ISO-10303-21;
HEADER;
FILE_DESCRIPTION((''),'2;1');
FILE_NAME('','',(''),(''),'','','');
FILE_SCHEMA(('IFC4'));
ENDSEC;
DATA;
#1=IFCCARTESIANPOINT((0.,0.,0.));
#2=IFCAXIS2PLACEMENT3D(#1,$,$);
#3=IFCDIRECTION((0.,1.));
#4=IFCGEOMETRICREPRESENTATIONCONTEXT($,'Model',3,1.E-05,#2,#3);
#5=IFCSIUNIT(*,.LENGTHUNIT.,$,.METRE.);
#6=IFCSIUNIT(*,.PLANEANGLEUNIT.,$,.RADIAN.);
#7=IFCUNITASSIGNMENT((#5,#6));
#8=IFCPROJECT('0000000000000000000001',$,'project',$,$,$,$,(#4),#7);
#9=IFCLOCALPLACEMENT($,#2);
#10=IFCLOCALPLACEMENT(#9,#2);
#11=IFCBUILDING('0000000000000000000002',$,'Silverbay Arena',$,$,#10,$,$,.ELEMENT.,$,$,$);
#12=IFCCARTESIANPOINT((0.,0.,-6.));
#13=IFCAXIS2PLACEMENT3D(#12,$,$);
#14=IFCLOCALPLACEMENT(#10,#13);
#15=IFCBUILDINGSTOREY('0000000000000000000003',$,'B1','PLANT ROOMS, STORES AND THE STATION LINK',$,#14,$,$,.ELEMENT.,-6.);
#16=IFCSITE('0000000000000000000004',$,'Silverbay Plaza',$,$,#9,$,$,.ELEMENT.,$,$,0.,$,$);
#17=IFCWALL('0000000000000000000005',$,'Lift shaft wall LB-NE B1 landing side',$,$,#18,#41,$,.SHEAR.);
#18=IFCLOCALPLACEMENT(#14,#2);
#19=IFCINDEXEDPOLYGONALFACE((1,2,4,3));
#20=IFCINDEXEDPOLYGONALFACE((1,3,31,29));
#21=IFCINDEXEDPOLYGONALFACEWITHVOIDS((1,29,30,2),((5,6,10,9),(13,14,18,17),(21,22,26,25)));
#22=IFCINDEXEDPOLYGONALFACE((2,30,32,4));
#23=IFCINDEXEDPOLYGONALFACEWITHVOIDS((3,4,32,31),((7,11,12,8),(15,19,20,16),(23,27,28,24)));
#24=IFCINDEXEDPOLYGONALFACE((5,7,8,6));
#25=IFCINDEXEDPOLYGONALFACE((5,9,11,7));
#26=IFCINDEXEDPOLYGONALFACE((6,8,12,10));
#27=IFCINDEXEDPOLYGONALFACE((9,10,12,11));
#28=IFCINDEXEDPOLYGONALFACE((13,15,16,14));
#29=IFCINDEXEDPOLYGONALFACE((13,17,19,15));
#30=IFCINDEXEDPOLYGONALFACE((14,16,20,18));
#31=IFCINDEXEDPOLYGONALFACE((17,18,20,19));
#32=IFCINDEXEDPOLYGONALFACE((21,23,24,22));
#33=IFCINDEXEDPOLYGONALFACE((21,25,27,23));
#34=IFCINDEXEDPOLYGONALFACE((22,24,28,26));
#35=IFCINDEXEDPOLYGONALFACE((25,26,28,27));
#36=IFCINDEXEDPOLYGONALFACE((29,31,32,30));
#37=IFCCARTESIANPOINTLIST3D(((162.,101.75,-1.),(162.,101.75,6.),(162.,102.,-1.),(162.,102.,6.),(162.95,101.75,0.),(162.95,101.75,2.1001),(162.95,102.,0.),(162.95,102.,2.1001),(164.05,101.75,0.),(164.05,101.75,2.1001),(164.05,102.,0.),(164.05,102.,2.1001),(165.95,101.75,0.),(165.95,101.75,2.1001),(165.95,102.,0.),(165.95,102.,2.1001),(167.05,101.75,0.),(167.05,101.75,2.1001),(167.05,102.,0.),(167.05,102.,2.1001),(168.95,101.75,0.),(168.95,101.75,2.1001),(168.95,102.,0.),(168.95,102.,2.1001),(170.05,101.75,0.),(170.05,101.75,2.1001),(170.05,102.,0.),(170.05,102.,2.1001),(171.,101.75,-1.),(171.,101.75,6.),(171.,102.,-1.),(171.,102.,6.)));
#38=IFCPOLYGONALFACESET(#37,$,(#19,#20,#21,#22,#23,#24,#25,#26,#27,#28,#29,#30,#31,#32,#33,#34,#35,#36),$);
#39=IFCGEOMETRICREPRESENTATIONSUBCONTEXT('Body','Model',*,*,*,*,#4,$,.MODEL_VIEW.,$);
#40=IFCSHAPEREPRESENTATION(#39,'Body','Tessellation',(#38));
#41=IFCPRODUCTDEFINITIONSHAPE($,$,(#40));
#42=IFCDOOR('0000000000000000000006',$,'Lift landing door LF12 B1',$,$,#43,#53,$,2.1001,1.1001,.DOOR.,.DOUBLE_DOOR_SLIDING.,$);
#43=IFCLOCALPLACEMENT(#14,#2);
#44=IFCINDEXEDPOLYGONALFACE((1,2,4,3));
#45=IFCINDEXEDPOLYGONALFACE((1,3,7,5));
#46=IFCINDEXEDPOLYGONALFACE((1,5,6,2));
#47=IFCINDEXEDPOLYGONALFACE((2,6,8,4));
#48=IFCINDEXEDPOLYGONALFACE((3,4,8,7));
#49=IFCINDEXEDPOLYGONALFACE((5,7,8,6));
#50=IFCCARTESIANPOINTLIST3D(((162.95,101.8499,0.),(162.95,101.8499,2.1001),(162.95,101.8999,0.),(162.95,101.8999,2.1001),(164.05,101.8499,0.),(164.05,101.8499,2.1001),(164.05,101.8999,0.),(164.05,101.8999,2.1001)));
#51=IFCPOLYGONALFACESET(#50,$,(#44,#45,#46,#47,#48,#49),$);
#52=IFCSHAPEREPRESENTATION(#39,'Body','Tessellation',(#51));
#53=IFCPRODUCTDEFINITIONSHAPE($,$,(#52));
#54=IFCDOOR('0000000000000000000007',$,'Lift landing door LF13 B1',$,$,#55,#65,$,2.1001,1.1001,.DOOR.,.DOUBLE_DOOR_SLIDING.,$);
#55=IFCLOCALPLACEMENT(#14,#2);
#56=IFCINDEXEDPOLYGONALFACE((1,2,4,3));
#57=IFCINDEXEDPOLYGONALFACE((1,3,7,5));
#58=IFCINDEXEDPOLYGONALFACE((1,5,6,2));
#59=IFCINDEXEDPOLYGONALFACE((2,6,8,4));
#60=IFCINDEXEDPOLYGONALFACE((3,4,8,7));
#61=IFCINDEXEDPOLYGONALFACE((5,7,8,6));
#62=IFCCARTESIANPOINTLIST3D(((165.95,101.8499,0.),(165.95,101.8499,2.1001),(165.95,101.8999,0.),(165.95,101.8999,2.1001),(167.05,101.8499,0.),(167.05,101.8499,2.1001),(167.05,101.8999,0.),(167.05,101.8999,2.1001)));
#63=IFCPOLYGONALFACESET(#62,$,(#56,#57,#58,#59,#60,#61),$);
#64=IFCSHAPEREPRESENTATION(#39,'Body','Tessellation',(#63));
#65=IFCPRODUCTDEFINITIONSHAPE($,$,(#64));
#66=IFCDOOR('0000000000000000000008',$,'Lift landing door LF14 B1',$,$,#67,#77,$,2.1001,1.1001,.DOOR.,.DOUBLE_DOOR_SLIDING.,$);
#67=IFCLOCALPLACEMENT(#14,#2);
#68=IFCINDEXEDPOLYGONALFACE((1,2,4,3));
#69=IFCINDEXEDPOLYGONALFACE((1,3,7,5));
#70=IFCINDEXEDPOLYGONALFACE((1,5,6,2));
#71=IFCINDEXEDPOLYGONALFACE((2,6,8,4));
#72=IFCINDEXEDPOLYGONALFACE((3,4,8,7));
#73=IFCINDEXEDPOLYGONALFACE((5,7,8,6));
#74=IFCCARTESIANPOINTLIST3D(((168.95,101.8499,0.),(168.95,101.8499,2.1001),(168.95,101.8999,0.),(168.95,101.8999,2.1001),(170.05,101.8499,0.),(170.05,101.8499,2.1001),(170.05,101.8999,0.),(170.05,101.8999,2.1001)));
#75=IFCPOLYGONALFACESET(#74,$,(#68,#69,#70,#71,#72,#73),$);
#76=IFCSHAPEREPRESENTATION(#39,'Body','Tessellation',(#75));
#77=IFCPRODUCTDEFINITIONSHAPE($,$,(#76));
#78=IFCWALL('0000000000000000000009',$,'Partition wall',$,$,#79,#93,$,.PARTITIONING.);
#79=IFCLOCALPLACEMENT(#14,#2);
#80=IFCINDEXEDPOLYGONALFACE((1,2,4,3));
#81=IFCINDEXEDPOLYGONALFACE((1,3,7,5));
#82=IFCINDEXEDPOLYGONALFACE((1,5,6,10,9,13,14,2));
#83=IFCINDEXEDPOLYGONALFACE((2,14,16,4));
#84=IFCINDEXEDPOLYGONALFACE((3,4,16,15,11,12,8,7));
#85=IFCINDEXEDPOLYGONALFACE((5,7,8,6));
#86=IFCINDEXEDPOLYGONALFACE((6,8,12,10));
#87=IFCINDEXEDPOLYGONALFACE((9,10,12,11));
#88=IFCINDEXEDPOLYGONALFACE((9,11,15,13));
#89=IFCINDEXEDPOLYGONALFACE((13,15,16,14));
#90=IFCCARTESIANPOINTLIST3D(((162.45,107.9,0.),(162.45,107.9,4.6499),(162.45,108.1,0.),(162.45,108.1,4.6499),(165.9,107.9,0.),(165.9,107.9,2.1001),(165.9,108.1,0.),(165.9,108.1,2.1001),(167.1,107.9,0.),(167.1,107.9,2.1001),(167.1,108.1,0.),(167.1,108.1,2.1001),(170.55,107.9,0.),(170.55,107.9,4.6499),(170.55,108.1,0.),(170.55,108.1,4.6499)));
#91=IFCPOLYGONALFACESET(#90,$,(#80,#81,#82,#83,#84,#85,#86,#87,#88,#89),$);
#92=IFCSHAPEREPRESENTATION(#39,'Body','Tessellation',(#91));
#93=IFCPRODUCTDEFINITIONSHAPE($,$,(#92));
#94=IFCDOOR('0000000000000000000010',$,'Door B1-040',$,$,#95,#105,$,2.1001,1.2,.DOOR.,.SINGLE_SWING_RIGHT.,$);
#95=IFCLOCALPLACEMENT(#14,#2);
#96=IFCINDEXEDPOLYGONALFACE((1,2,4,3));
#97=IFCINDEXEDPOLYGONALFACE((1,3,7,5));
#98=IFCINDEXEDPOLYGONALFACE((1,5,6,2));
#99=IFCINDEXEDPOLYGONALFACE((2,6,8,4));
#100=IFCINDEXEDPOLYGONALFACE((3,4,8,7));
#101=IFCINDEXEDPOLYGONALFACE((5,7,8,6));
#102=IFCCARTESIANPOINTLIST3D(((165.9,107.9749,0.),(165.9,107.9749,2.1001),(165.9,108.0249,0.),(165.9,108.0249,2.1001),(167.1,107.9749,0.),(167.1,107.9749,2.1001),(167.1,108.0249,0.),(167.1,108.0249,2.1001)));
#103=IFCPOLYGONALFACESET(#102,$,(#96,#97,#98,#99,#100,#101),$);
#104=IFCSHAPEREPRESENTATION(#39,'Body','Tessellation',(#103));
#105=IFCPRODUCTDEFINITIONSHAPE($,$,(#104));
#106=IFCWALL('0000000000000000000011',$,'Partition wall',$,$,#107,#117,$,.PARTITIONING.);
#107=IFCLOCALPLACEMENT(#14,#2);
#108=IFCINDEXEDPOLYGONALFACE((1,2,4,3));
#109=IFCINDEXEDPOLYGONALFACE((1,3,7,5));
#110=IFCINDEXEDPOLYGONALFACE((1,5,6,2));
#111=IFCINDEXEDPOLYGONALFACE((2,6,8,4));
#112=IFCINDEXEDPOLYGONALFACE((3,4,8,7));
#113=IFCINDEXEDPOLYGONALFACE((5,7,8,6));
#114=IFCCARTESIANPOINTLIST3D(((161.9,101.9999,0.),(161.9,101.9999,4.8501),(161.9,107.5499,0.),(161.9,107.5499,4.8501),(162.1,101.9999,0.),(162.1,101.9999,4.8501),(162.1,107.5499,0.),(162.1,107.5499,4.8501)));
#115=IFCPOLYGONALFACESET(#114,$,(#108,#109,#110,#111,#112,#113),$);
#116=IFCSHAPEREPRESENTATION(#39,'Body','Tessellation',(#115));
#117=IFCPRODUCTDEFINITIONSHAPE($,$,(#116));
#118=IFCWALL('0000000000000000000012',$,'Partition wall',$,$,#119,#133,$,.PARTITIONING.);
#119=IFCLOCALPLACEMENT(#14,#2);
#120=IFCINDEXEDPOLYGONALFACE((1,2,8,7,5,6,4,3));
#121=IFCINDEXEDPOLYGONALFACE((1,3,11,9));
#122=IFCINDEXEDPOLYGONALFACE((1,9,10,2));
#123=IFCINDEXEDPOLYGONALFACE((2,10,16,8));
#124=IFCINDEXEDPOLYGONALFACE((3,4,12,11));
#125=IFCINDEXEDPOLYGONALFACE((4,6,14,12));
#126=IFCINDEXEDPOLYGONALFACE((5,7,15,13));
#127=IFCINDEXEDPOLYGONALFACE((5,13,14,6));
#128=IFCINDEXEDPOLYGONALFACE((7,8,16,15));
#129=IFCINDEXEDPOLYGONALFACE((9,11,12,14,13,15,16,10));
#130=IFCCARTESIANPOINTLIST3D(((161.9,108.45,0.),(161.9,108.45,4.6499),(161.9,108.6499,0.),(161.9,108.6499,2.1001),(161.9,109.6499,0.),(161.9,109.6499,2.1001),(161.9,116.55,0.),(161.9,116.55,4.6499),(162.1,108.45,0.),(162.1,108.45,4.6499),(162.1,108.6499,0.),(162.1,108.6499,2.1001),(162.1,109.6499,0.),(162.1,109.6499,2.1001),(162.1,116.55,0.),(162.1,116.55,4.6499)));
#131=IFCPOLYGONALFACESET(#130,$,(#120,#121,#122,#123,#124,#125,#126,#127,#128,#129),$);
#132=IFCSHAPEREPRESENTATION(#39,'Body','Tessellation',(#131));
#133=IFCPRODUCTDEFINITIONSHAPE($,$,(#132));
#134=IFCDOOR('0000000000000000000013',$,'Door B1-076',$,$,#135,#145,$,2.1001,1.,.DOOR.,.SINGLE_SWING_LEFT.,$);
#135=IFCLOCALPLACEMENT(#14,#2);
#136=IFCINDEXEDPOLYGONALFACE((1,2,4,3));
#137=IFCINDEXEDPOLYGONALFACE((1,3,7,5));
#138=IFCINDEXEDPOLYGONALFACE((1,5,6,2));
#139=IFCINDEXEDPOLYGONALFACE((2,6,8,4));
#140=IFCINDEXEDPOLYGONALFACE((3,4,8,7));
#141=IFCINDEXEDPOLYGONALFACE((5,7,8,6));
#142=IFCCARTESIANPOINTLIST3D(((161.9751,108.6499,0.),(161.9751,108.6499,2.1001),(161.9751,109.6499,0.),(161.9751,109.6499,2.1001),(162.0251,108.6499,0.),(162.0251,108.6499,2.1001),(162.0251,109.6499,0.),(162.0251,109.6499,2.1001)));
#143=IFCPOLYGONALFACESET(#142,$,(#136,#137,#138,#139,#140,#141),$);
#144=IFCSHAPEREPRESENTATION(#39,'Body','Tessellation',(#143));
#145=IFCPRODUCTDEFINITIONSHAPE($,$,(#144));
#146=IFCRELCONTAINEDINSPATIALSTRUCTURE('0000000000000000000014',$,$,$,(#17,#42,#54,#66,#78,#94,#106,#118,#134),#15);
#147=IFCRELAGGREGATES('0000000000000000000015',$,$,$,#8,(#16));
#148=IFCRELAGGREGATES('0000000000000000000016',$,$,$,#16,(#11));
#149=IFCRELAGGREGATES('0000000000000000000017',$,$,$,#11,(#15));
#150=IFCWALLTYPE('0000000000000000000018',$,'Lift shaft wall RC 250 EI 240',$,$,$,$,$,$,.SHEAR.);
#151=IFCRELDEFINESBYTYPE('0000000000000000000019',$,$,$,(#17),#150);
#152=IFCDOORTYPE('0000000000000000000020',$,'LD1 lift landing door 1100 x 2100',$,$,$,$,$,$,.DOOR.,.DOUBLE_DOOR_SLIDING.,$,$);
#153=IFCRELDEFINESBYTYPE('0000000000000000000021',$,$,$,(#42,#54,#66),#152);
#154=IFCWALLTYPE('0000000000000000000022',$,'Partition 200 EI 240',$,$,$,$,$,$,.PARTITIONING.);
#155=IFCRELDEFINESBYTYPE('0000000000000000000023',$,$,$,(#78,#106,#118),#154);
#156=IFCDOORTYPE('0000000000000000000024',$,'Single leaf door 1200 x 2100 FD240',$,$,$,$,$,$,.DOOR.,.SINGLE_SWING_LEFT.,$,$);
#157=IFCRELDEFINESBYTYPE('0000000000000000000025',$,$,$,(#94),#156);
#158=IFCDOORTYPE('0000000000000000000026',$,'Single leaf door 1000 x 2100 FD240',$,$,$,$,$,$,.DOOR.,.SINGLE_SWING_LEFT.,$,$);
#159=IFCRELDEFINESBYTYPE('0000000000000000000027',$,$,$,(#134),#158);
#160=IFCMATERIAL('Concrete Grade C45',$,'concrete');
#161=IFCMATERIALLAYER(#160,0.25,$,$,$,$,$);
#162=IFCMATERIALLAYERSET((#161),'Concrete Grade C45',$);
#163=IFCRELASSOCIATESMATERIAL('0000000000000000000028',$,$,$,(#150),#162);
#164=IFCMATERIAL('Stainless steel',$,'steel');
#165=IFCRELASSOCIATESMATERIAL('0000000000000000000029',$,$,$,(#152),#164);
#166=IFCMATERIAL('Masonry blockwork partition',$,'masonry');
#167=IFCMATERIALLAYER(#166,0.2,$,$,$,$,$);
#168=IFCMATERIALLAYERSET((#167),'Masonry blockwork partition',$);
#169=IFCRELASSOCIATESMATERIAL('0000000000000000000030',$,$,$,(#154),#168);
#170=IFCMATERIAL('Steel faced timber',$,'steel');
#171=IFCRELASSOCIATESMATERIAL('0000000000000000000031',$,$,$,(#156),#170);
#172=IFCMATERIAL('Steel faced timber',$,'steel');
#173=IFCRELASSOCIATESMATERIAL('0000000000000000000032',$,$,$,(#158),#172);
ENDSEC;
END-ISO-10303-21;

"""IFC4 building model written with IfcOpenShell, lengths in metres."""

from ifc_helpers import new_model, si_unit, direction, frame, frame_2d, origin, place, context, subcontext, project, spatial, rectangle, extrude, material, layer, layer_set, type_object, element, fill, save


model = new_model("IFC4")

# Units and contexts
model_context = context("Model", 3, precision=1e-05, world=origin(), true_north=direction((0.0, 1.0)))
body_context = subcontext(model_context, "Body", "Model", "MODEL_VIEW")
ifc_project = project(units=[si_unit("LENGTHUNIT", "METRE"), si_unit("PLANEANGLEUNIT", "RADIAN")], contexts=[model_context])

# Site, building, storey
site_placement = place(None, origin())
site = spatial("IfcSite", under=ifc_project, at=site_placement, Name="Silverbay Plaza", CompositionType="ELEMENT", RefElevation=0.0)
building_placement = place(site_placement, origin())
building = spatial("IfcBuilding", under=site, at=building_placement, Name="Silverbay Arena", CompositionType="ELEMENT")
storey_placement = place(building_placement, frame((0.0, 0.0, -6.0)))
storey = spatial("IfcBuildingStorey", under=building, at=storey_placement, Name="B1", Description="PLANT ROOMS, STORES AND THE STATION LINK", CompositionType="ELEMENT", Elevation=-6.0)

# Wall, openings, doors
ifc_material_1 = material(Name="Concrete Grade C45", Category="concrete")
ifc_layer_1 = layer(ifc_material_1, 0.25)
ifc_layer_set_1 = layer_set([ifc_layer_1], Name="Concrete Grade C45")
wall_type_1 = type_object("IfcWallType", Name="Lift shaft wall RC 250 EI 240", PredefinedType="SHEAR", material=ifc_layer_set_1)
wall_1_placement = place(storey_placement, frame((162.0, 101.875, -1.0), z_axis=(0.0, 0.0, 1.0), x_axis=(1.0, 0.0, 0.0)))
wall_1 = element("IfcWall", 1, at=wall_1_placement, inside=storey, type_object=wall_type_1, Name="Lift shaft wall LB-NE B1 landing side", PredefinedType="SHEAR", context=body_context, shape_type="SweptSolid", body=[
    extrude(rectangle(XDim=9.0, YDim=0.25, at=frame_2d((4.5, 0.0))), origin(), (0.0, 0.0, 1.0), 7.0),
])
opening_1_placement = place(wall_1_placement, frame((0.95, 0.0, 1.0)))
opening_1 = element("IfcOpeningElement", 2, at=opening_1_placement, cuts=wall_1, PredefinedType="OPENING", context=body_context, shape_type="SweptSolid", body=[
    extrude(rectangle(XDim=1.1001, YDim=2.1001, at=frame_2d((0.55, 1.05))), frame((0.0, 0.135, 0.0), z_axis=(0.0, -1.0, 0.0), x_axis=(1.0, 0.0, 0.0)), (0.0, 0.0, 1.0), 0.27),
])
opening_2_placement = place(wall_1_placement, frame((3.95, 0.0, 1.0)))
opening_2 = element("IfcOpeningElement", 3, at=opening_2_placement, cuts=wall_1, PredefinedType="OPENING", context=body_context, shape_type="SweptSolid", body=[
    extrude(rectangle(XDim=1.1001, YDim=2.1001, at=frame_2d((0.55, 1.05))), frame((0.0, 0.135, 0.0), z_axis=(0.0, -1.0, 0.0), x_axis=(1.0, 0.0, 0.0)), (0.0, 0.0, 1.0), 0.27),
])
opening_3_placement = place(wall_1_placement, frame((6.95, 0.0, 1.0)))
opening_3 = element("IfcOpeningElement", 4, at=opening_3_placement, cuts=wall_1, PredefinedType="OPENING", context=body_context, shape_type="SweptSolid", body=[
    extrude(rectangle(XDim=1.1001, YDim=2.1001, at=frame_2d((0.55, 1.05))), frame((0.0, 0.135, 0.0), z_axis=(0.0, -1.0, 0.0), x_axis=(1.0, 0.0, 0.0)), (0.0, 0.0, 1.0), 0.27),
])
ifc_material_2 = material(Name="Stainless steel", Category="steel")
door_type_1 = type_object("IfcDoorType", Name="LD1 lift landing door 1100 x 2100", OperationType="DOUBLE_DOOR_SLIDING", PredefinedType="DOOR", material=ifc_material_2)
door_1_placement = place(opening_1_placement, origin())
door_1 = element("IfcDoor", 5, at=door_1_placement, inside=storey, type_object=door_type_1, Name="Lift landing door LF12 B1", OperationType="DOUBLE_DOOR_SLIDING", OverallHeight=2.1001, OverallWidth=1.1001, PredefinedType="DOOR", context=body_context, shape_type="SweptSolid", body=[
    extrude(rectangle(XDim=1.1001, YDim=2.1001, at=frame_2d((0.55, 1.05))), frame((0.0, 0.0249, 0.0), z_axis=(0.0, -1.0, 0.0), x_axis=(1.0, 0.0, 0.0)), (0.0, 0.0, 1.0), 0.05),
])
fill(opening_1, door_1)
door_2_placement = place(opening_2_placement, origin())
door_2 = element("IfcDoor", 6, at=door_2_placement, inside=storey, type_object=door_type_1, Name="Lift landing door LF13 B1", OperationType="DOUBLE_DOOR_SLIDING", OverallHeight=2.1001, OverallWidth=1.1001, PredefinedType="DOOR", context=body_context, shape_type="SweptSolid", body=[
    extrude(rectangle(XDim=1.1001, YDim=2.1001, at=frame_2d((0.55, 1.05))), frame((0.0, 0.0249, 0.0), z_axis=(0.0, -1.0, 0.0), x_axis=(1.0, 0.0, 0.0)), (0.0, 0.0, 1.0), 0.05),
])
fill(opening_2, door_2)
door_3_placement = place(opening_3_placement, origin())
door_3 = element("IfcDoor", 7, at=door_3_placement, inside=storey, type_object=door_type_1, Name="Lift landing door LF14 B1", OperationType="DOUBLE_DOOR_SLIDING", OverallHeight=2.1001, OverallWidth=1.1001, PredefinedType="DOOR", context=body_context, shape_type="SweptSolid", body=[
    extrude(rectangle(XDim=1.1001, YDim=2.1001, at=frame_2d((0.55, 1.05))), frame((0.0, 0.0249, 0.0), z_axis=(0.0, -1.0, 0.0), x_axis=(1.0, 0.0, 0.0)), (0.0, 0.0, 1.0), 0.05),
])
fill(opening_3, door_3)

# Wall, opening, door
ifc_material_3 = material(Name="Masonry blockwork partition", Category="masonry")
ifc_layer_2 = layer(ifc_material_3, 0.2)
ifc_layer_set_2 = layer_set([ifc_layer_2], Name="Masonry blockwork partition")
wall_type_2 = type_object("IfcWallType", Name="Partition 200 EI 240", PredefinedType="PARTITIONING", material=ifc_layer_set_2)
wall_2_placement = place(storey_placement, frame((162.45, 108.0, 0.0), z_axis=(0.0, 0.0, 1.0), x_axis=(1.0, 0.0, 0.0)))
wall_2 = element("IfcWall", 8, at=wall_2_placement, inside=storey, type_object=wall_type_2, Name="Partition wall", PredefinedType="PARTITIONING", context=body_context, shape_type="SweptSolid", body=[
    extrude(rectangle(XDim=8.1001, YDim=0.2, at=frame_2d((4.05, 0.0))), origin(), (0.0, 0.0, 1.0), 4.6499),
])
opening_4_placement = place(wall_2_placement, frame((3.45, 0.0, 0.0)))
opening_4 = element("IfcOpeningElement", 9, at=opening_4_placement, cuts=wall_2, PredefinedType="OPENING", context=body_context, shape_type="SweptSolid", body=[
    extrude(rectangle(XDim=1.2, YDim=2.1001, at=frame_2d((0.6001, 1.05))), frame((0.0, 0.1099, 0.0), z_axis=(0.0, -1.0, 0.0), x_axis=(1.0, 0.0, 0.0)), (0.0, 0.0, 1.0), 0.22),
])
ifc_material_4 = material(Name="Steel faced timber", Category="steel")
door_type_2 = type_object("IfcDoorType", Name="Single leaf door 1200 x 2100 FD240", OperationType="SINGLE_SWING_LEFT", PredefinedType="DOOR", material=ifc_material_4)
door_4_placement = place(opening_4_placement, origin())
door_4 = element("IfcDoor", 10, at=door_4_placement, inside=storey, type_object=door_type_2, Name="Door B1-040", OperationType="SINGLE_SWING_RIGHT", OverallHeight=2.1001, OverallWidth=1.2, PredefinedType="DOOR", context=body_context, shape_type="SweptSolid", body=[
    extrude(rectangle(XDim=1.2, YDim=2.1001, at=frame_2d((0.6001, 1.05))), frame((0.0, 0.0249, 0.0), z_axis=(0.0, -1.0, 0.0), x_axis=(1.0, 0.0, 0.0)), (0.0, 0.0, 1.0), 0.05),
])
fill(opening_4, door_4)

# Wall
wall_3_placement = place(storey_placement, frame((162.0, 102.0, 0.0), z_axis=(0.0, 0.0, 1.0), x_axis=(0.0, 1.0, 0.0)))
element("IfcWall", 11, at=wall_3_placement, inside=storey, type_object=wall_type_2, Name="Partition wall", PredefinedType="PARTITIONING", context=body_context, shape_type="SweptSolid", body=[
    extrude(rectangle(XDim=5.55, YDim=0.2, at=frame_2d((2.7749, 0.0))), origin(), (0.0, 0.0, 1.0), 4.8501),
])

# Wall, opening, door
wall_4_placement = place(storey_placement, frame((162.0, 108.45, 0.0), z_axis=(0.0, 0.0, 1.0), x_axis=(0.0, 1.0, 0.0)))
wall_4 = element("IfcWall", 12, at=wall_4_placement, inside=storey, type_object=wall_type_2, Name="Partition wall", PredefinedType="PARTITIONING", context=body_context, shape_type="SweptSolid", body=[
    extrude(rectangle(XDim=8.1001, YDim=0.2, at=frame_2d((4.05, 0.0))), origin(), (0.0, 0.0, 1.0), 4.6499),
])
opening_5_placement = place(wall_4_placement, frame((0.2, 0.0, 0.0)))
opening_5 = element("IfcOpeningElement", 13, at=opening_5_placement, cuts=wall_4, PredefinedType="OPENING", context=body_context, shape_type="SweptSolid", body=[
    extrude(rectangle(XDim=1.0, YDim=2.1001, at=frame_2d((0.5, 1.05))), frame((0.0, 0.1099, 0.0), z_axis=(0.0, -1.0, 0.0), x_axis=(1.0, 0.0, 0.0)), (0.0, 0.0, 1.0), 0.22),
])
ifc_material_5 = material(Name="Steel faced timber", Category="steel")
door_type_3 = type_object("IfcDoorType", Name="Single leaf door 1000 x 2100 FD240", OperationType="SINGLE_SWING_LEFT", PredefinedType="DOOR", material=ifc_material_5)
door_5_placement = place(opening_5_placement, origin())
door_5 = element("IfcDoor", 14, at=door_5_placement, inside=storey, type_object=door_type_3, Name="Door B1-076", OperationType="SINGLE_SWING_LEFT", OverallHeight=2.1001, OverallWidth=1.0, PredefinedType="DOOR", context=body_context, shape_type="SweptSolid", body=[
    extrude(rectangle(XDim=1.0, YDim=2.1001, at=frame_2d((0.5, 1.05))), frame((0.0, 0.0249, 0.0), z_axis=(0.0, -1.0, 0.0), x_axis=(1.0, 0.0, 0.0)), (0.0, 0.0, 1.0), 0.05),
])
fill(opening_5, door_5)

save(model, "model.ifc")
